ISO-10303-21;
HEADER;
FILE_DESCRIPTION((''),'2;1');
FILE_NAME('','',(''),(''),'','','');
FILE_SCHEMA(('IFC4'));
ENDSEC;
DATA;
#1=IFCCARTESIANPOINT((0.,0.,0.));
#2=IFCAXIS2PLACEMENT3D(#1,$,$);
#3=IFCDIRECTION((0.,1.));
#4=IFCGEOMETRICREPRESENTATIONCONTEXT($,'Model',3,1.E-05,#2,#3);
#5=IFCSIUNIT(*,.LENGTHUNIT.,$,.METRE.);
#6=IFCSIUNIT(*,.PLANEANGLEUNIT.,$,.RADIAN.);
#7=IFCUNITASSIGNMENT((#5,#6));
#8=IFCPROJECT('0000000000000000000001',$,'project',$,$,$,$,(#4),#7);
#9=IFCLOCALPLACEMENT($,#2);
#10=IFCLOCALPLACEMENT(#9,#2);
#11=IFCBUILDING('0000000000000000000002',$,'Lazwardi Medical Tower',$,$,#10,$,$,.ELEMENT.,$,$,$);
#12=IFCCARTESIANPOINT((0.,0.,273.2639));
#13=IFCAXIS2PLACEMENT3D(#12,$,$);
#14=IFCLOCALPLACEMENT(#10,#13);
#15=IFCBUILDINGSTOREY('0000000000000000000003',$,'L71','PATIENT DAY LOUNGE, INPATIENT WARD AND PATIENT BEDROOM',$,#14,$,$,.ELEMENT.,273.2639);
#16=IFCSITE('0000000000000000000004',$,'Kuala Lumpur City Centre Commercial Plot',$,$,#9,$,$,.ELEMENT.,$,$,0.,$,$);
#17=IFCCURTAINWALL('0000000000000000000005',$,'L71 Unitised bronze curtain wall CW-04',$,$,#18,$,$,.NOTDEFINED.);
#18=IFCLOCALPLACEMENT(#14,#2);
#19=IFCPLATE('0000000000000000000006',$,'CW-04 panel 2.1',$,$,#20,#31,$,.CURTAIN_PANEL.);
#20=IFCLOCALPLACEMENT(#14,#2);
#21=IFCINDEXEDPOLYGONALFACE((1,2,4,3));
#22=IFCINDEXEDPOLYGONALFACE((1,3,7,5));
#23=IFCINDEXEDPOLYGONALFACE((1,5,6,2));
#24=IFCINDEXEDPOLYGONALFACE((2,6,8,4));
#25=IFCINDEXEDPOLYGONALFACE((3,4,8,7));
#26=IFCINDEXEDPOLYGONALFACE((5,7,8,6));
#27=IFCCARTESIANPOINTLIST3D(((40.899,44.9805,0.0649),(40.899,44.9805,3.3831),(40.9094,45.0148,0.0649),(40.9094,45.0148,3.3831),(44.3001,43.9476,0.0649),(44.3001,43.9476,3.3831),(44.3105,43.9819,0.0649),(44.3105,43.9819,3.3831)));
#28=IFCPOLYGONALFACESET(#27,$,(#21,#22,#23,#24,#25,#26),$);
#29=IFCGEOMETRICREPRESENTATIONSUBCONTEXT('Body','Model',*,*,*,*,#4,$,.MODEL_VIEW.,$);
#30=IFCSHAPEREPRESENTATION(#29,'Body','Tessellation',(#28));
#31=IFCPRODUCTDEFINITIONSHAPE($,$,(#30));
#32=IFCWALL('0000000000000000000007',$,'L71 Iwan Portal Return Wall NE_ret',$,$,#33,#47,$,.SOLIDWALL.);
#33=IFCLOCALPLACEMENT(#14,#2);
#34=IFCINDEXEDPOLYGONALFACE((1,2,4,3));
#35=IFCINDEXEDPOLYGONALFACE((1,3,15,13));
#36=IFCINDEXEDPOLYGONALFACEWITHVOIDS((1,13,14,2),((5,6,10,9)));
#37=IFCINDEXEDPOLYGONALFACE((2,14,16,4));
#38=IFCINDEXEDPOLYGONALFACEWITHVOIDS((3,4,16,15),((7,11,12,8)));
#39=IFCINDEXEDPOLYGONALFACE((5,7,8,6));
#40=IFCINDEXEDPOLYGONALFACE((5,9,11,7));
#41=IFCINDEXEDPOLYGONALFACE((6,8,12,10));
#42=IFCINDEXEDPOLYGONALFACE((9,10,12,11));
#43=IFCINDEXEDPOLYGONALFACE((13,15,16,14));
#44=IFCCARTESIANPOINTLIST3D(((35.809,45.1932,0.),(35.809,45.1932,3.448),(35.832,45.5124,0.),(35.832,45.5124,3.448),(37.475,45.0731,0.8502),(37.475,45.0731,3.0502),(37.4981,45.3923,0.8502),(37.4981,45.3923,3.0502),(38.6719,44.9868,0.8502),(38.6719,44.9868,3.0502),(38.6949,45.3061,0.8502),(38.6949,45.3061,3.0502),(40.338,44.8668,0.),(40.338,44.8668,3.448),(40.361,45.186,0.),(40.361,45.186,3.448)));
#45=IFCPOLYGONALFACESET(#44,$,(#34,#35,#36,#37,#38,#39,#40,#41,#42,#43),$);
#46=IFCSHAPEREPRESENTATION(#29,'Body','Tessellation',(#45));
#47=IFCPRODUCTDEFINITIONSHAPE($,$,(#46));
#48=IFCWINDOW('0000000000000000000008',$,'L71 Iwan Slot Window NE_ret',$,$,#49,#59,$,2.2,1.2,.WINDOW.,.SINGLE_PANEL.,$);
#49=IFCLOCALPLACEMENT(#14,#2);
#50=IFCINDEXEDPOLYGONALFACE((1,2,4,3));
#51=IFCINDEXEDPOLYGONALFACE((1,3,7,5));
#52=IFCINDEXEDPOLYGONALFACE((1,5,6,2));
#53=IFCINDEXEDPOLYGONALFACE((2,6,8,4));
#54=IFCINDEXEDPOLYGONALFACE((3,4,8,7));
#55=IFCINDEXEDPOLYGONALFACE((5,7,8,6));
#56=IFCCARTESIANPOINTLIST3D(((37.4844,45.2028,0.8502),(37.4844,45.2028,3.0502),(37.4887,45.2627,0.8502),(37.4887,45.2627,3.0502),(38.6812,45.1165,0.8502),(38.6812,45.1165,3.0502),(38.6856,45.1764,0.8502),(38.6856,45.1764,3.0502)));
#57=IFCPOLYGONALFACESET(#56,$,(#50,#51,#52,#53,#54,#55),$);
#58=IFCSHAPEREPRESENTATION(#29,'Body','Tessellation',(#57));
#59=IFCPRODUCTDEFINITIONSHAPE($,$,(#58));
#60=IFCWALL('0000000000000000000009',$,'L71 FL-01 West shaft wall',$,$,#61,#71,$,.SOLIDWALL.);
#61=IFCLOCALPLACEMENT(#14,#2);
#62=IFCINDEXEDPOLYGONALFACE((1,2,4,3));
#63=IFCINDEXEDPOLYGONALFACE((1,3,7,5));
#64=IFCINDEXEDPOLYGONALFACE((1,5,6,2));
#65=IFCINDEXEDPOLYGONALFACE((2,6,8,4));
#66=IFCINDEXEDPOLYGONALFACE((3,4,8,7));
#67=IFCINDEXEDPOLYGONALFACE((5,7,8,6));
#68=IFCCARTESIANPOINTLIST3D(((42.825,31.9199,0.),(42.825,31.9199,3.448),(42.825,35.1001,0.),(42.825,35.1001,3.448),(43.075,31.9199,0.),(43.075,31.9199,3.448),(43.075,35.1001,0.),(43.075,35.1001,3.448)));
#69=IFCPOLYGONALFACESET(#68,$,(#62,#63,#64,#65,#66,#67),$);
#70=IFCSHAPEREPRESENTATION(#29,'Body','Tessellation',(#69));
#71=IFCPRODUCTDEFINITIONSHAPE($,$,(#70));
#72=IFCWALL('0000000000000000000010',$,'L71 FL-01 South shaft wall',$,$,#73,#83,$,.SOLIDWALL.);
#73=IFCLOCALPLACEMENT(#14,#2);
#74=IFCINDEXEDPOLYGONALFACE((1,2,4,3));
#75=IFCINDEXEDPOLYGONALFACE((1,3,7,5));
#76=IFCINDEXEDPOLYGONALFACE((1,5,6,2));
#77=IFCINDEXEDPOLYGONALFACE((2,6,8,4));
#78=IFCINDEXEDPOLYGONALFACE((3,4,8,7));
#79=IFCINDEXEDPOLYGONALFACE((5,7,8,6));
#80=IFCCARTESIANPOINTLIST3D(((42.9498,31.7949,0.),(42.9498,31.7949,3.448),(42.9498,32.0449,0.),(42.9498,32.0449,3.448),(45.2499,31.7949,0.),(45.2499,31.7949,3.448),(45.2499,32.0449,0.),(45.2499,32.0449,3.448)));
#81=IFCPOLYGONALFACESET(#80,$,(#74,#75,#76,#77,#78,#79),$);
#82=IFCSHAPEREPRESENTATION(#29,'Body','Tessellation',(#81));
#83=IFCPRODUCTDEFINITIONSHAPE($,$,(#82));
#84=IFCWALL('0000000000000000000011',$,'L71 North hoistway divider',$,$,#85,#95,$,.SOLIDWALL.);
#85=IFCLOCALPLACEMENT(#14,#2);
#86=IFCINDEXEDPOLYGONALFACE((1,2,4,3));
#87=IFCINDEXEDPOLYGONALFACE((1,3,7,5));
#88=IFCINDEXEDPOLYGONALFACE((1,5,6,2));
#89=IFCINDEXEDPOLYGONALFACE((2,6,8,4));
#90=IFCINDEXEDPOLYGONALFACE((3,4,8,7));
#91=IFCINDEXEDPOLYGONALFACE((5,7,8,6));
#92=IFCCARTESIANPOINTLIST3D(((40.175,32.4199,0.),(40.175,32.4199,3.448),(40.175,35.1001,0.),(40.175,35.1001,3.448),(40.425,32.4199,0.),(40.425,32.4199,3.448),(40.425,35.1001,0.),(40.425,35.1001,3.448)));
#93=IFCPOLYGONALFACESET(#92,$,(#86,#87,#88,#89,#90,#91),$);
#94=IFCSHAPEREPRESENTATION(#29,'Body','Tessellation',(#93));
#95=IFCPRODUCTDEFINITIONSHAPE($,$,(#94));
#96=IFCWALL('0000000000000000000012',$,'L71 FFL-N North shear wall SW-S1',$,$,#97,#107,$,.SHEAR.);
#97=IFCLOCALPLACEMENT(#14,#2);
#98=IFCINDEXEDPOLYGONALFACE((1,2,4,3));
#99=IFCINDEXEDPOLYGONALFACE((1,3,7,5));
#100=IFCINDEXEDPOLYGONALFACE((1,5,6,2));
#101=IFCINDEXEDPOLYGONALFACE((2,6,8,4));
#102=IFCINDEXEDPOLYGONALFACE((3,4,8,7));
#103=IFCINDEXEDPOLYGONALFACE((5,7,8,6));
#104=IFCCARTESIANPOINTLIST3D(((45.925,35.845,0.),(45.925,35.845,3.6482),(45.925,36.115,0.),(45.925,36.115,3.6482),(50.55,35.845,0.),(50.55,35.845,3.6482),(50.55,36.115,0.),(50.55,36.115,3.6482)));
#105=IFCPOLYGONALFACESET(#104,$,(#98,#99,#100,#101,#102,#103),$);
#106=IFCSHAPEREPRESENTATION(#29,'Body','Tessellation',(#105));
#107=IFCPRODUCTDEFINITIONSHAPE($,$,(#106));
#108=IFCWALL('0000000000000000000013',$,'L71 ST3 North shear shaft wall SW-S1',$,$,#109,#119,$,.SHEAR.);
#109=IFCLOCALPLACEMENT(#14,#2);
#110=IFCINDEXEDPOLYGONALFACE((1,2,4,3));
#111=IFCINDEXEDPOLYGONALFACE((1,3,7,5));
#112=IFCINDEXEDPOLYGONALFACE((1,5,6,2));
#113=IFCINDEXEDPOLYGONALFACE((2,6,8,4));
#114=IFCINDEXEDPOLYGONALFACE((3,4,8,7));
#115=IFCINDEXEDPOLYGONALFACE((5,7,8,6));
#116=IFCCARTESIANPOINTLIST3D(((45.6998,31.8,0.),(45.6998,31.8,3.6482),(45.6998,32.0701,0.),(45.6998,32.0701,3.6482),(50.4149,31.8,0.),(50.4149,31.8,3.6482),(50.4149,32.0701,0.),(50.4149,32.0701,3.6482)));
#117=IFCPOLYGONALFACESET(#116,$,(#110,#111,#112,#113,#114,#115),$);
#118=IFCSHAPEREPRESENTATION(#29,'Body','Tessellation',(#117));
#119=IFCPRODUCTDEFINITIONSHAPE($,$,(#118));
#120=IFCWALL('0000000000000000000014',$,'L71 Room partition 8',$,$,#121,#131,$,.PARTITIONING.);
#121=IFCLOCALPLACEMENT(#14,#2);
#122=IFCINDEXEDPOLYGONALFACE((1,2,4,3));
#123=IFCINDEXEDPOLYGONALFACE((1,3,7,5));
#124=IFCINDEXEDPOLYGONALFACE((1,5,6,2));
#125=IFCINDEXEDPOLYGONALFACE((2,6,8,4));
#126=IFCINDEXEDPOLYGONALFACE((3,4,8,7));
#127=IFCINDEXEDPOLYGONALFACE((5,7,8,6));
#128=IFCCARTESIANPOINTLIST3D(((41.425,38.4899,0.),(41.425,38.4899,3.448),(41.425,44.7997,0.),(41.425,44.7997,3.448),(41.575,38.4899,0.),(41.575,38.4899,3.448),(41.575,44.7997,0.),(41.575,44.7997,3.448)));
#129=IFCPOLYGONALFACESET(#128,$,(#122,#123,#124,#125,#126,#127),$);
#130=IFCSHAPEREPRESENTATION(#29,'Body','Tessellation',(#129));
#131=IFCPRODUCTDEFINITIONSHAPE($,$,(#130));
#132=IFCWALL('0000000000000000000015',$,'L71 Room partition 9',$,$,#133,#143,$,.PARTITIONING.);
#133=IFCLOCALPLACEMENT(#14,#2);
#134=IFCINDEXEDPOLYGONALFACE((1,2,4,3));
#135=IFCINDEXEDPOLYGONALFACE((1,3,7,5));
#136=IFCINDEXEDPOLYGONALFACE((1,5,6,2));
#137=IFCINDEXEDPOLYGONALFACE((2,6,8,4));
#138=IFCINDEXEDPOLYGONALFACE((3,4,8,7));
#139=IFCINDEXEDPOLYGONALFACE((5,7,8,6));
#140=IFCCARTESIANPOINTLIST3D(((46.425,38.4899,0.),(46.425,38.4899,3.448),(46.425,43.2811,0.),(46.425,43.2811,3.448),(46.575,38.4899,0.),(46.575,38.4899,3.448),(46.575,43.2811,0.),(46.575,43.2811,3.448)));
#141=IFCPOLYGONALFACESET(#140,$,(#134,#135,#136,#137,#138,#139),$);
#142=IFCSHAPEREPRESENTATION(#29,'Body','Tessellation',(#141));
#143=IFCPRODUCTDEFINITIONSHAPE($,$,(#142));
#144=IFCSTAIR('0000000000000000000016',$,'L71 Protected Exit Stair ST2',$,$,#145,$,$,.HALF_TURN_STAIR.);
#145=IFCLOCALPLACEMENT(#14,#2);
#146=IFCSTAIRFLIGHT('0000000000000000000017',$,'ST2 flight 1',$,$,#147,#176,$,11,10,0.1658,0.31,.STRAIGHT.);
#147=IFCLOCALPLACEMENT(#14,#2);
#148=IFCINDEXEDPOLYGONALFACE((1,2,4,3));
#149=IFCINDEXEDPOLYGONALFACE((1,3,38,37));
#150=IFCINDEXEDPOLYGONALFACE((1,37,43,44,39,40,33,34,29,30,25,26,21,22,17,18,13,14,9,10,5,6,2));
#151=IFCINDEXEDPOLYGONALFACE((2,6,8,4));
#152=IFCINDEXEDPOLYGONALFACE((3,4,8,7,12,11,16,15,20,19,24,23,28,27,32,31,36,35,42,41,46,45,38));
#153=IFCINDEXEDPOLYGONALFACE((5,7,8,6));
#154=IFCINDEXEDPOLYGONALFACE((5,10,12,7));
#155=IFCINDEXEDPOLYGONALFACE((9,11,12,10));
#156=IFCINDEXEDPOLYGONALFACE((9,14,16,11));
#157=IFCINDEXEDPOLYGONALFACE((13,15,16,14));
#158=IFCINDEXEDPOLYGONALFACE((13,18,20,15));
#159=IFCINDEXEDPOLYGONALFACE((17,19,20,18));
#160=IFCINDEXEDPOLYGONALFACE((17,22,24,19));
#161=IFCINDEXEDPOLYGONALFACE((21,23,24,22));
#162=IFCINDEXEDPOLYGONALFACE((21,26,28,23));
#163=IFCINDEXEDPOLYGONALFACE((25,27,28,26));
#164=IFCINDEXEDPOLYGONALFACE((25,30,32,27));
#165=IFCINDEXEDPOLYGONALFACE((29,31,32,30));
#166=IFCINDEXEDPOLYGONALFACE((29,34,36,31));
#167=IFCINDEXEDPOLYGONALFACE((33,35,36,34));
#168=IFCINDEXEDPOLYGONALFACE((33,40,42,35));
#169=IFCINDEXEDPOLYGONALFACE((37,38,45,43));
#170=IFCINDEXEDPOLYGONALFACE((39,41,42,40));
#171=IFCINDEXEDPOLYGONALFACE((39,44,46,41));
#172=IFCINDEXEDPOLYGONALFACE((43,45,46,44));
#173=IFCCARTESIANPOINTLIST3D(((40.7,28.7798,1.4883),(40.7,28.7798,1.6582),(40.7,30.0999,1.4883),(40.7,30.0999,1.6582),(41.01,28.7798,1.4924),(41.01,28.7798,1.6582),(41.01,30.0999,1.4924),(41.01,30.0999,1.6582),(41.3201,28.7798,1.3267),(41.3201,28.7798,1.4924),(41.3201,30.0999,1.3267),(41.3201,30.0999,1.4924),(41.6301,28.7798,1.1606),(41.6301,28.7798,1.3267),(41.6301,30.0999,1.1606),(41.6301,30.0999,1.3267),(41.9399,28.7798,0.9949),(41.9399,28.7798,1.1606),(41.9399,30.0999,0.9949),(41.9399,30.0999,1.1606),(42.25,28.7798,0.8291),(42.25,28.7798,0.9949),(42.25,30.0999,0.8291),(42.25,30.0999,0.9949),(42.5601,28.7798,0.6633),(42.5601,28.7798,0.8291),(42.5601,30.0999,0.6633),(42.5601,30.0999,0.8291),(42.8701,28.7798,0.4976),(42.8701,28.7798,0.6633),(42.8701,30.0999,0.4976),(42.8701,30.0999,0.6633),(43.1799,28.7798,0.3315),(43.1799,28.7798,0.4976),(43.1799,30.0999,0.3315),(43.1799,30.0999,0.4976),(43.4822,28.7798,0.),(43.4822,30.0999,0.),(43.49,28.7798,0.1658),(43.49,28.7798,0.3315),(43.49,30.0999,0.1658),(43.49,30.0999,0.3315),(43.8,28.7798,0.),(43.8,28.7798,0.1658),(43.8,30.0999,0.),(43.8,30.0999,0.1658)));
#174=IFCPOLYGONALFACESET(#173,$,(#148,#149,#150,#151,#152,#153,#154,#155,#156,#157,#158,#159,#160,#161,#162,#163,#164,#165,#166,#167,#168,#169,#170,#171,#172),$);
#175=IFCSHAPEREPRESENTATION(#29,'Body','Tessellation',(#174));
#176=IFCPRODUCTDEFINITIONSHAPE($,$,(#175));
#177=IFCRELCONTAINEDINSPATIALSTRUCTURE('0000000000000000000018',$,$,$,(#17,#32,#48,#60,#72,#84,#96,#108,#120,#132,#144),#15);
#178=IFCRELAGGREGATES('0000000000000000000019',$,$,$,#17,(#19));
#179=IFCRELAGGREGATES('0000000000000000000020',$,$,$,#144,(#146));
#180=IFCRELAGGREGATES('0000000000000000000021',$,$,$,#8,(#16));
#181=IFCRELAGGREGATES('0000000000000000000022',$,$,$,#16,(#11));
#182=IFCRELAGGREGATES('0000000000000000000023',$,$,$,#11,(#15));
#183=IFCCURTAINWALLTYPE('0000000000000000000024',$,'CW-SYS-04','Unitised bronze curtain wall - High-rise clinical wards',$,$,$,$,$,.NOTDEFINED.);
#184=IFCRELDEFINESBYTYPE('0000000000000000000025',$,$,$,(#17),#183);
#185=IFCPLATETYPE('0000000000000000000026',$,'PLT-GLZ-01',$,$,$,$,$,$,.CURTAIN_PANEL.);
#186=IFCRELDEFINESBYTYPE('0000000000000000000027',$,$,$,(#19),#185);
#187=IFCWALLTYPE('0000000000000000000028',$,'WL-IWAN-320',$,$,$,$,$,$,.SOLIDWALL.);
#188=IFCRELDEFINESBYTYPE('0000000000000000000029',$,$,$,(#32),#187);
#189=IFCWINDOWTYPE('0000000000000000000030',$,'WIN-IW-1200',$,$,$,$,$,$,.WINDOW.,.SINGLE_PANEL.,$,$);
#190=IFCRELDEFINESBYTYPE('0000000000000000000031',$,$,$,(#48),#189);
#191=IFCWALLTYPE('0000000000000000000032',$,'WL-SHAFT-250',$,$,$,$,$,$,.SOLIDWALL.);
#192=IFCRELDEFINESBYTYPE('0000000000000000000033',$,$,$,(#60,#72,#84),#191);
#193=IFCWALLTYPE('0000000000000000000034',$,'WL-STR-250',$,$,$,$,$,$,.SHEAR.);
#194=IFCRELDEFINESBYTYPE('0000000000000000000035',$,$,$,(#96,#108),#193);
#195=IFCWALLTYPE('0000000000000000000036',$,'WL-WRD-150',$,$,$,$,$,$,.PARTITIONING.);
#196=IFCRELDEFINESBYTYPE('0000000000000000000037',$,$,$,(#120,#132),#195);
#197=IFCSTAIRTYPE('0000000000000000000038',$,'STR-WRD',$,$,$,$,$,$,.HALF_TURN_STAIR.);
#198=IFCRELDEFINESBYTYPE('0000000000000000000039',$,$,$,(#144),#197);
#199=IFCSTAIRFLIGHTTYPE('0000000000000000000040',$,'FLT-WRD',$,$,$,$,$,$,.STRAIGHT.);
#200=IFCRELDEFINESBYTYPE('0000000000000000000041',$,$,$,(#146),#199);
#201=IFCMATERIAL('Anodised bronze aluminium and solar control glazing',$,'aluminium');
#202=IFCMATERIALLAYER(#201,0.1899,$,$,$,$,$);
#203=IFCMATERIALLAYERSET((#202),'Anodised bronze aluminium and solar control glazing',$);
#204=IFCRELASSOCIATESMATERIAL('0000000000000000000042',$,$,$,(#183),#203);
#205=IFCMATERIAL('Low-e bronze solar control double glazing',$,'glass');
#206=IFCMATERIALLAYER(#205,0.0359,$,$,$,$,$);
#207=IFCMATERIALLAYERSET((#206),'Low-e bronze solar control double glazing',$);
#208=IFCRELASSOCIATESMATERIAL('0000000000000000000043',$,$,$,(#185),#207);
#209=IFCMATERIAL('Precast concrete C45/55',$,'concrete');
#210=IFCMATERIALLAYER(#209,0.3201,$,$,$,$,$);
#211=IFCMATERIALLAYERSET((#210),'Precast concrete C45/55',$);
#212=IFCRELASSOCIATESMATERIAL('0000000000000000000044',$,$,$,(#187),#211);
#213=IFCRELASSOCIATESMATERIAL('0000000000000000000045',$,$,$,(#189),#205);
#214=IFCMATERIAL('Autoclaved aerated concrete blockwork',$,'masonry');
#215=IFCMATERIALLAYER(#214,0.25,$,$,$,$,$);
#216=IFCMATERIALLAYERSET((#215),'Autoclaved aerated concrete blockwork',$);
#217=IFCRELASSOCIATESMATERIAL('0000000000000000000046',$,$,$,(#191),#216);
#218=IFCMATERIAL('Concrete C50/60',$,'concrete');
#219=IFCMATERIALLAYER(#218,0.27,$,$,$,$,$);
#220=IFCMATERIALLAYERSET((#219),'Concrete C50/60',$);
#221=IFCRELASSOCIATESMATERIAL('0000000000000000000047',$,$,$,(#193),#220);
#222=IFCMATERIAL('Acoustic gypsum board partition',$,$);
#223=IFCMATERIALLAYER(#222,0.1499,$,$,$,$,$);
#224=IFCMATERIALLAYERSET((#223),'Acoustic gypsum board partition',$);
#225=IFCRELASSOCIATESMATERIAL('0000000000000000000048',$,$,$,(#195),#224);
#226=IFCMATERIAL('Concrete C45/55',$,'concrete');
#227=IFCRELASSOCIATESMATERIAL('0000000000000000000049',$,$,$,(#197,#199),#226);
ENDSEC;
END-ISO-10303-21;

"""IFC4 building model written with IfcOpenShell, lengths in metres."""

from ifc_helpers import new_model, si_unit, direction, frame, frame_2d, origin, origin_2d, place, context, subcontext, project, spatial, polyline, rectangle, outline, extrude, material, layer, layer_set, type_object, element, fill, aggregate, save


model = new_model("IFC4")

# Units and contexts
model_context = context("Model", 3, precision=1e-05, world=origin(), true_north=direction((0.0, 1.0)))
body_context = subcontext(model_context, "Body", "Model", "MODEL_VIEW")
ifc_project = project(units=[si_unit("LENGTHUNIT", "METRE"), si_unit("PLANEANGLEUNIT", "RADIAN")], contexts=[model_context])

# Site, building, storey
site_placement = place(None, origin())
site = spatial("IfcSite", under=ifc_project, at=site_placement, Name="Kuala Lumpur City Centre Commercial Plot", CompositionType="ELEMENT", RefElevation=0.0)
building_placement = place(site_placement, origin())
building = spatial("IfcBuilding", under=site, at=building_placement, Name="Lazwardi Medical Tower", CompositionType="ELEMENT")
storey_placement = place(building_placement, frame((0.0, 0.0, 273.2639)))
storey = spatial("IfcBuildingStorey", under=building, at=storey_placement, Name="L71", Description="PATIENT DAY LOUNGE, INPATIENT WARD AND PATIENT BEDROOM", CompositionType="ELEMENT", Elevation=273.2639)

# Curtain wall, plate
ifc_material_1 = material(Name="Anodised bronze aluminium and solar control glazing", Category="aluminium")
ifc_layer_1 = layer(ifc_material_1, 0.1899)
ifc_layer_set_1 = layer_set([ifc_layer_1], Name="Anodised bronze aluminium and solar control glazing")
curtain_wall_type = type_object("IfcCurtainWallType", Name="CW-SYS-04", Description="Unitised bronze curtain wall - High-rise clinical wards", PredefinedType="NOTDEFINED", material=ifc_layer_set_1)
curtain_wall_placement = place(storey_placement, origin())
curtain_wall = element("IfcCurtainWall", 1, at=curtain_wall_placement, inside=storey, type_object=curtain_wall_type, Name="L71 Unitised bronze curtain wall CW-04", PredefinedType="NOTDEFINED")
ifc_material_2 = material(Name="Low-e bronze solar control double glazing", Category="glass")
ifc_layer_2 = layer(ifc_material_2, 0.0359)
ifc_layer_set_2 = layer_set([ifc_layer_2], Name="Low-e bronze solar control double glazing")
plate_type = type_object("IfcPlateType", Name="PLT-GLZ-01", PredefinedType="CURTAIN_PANEL", material=ifc_layer_set_2)
plate_1_placement = place(storey_placement, frame((42.6047, 44.4812, 0.0649), z_axis=(0.0, 0.0, 1.0), x_axis=(-0.95685, 0.290582, 0.0)))
plate_1 = element("IfcPlate", 2, at=plate_1_placement, type_object=plate_type, Name="CW-04 panel 2.1", PredefinedType="CURTAIN_PANEL", context=body_context, shape_type="SweptSolid", body=[
    extrude(rectangle(XDim=3.5544, YDim=0.0359, at=origin_2d()), origin(), (0.0, 0.0, 1.0), 3.3181),
])
aggregate(curtain_wall, [plate_1])

# Wall, opening, window
ifc_material_3 = material(Name="Precast concrete C45/55", Category="concrete")
ifc_layer_3 = layer(ifc_material_3, 0.3201)
ifc_layer_set_3 = layer_set([ifc_layer_3], Name="Precast concrete C45/55")
wall_type_1 = type_object("IfcWallType", Name="WL-IWAN-320", PredefinedType="SOLIDWALL", material=ifc_layer_set_3)
wall_1_placement = place(storey_placement, frame((40.3496, 45.0264, 0.0), z_axis=(0.0, 0.0, 1.0), x_axis=(-0.997413, 0.071885, 0.0)))
wall_1 = element("IfcWall", 3, at=wall_1_placement, inside=storey, type_object=wall_type_1, Name="L71 Iwan Portal Return Wall NE_ret", PredefinedType="SOLIDWALL", context=body_context, shape_type="SweptSolid", body=[
    extrude(rectangle(XDim=4.5408, YDim=0.3201, at=frame_2d((2.2705, 0.0))), origin(), (0.0, 0.0, 1.0), 3.448),
])
opening_placement = place(wall_1_placement, frame((1.6704, 0.0, 0.8501)))
opening = element("IfcOpeningElement", 4, at=opening_placement, cuts=wall_1, PredefinedType="OPENING", context=body_context, shape_type="SweptSolid", body=[
    extrude(rectangle(XDim=1.2, YDim=2.2, at=frame_2d((0.6001, 1.1001))), frame((0.0, 0.1699, 0.0), z_axis=(0.0, -1.0, 0.0), x_axis=(1.0, 0.0, 0.0)), (0.0, 0.0, 1.0), 0.3401),
])
window_type = type_object("IfcWindowType", Name="WIN-IW-1200", PartitioningType="SINGLE_PANEL", PredefinedType="WINDOW", material=ifc_material_2)
window_placement = place(opening_placement, origin())
window = element("IfcWindow", 5, at=window_placement, inside=storey, type_object=window_type, Name="L71 Iwan Slot Window NE_ret", OverallHeight=2.2, OverallWidth=1.2, PartitioningType="SINGLE_PANEL", PredefinedType="WINDOW", context=body_context, shape_type="SweptSolid", body=[
    extrude(rectangle(XDim=1.2, YDim=2.2, at=frame_2d((0.6001, 1.1001))), frame((0.0, 0.03, 0.0), z_axis=(0.0, -1.0, 0.0), x_axis=(1.0, 0.0, 0.0)), (0.0, 0.0, 1.0), 0.0601),
])
fill(opening, window)

# Walls
ifc_material_4 = material(Name="Autoclaved aerated concrete blockwork", Category="masonry")
ifc_layer_4 = layer(ifc_material_4, 0.25)
ifc_layer_set_4 = layer_set([ifc_layer_4], Name="Autoclaved aerated concrete blockwork")
wall_type_2 = type_object("IfcWallType", Name="WL-SHAFT-250", PredefinedType="SOLIDWALL", material=ifc_layer_set_4)
wall_2_placement = place(storey_placement, frame((42.95, 31.9199, 0.0), z_axis=(0.0, 0.0, 1.0), x_axis=(0.0, 1.0, 0.0)))
element("IfcWall", 6, at=wall_2_placement, inside=storey, type_object=wall_type_2, Name="L71 FL-01 West shaft wall", PredefinedType="SOLIDWALL", context=body_context, shape_type="SweptSolid", body=[
    extrude(rectangle(XDim=3.1802, YDim=0.25, at=frame_2d((1.5901, 0.0))), origin(), (0.0, 0.0, 1.0), 3.448),
])
wall_3_placement = place(storey_placement, frame((42.95, 31.9199, 0.0), z_axis=(0.0, 0.0, 1.0), x_axis=(1.0, 0.0, 0.0)))
element("IfcWall", 7, at=wall_3_placement, inside=storey, type_object=wall_type_2, Name="L71 FL-01 South shaft wall", PredefinedType="SOLIDWALL", context=body_context, shape_type="SweptSolid", body=[
    extrude(rectangle(XDim=2.3, YDim=0.25, at=frame_2d((1.1499, 0.0))), origin(), (0.0, 0.0, 1.0), 3.448),
])
wall_4_placement = place(storey_placement, frame((40.3, 32.4199, 0.0), z_axis=(0.0, 0.0, 1.0), x_axis=(0.0, 1.0, 0.0)))
element("IfcWall", 8, at=wall_4_placement, inside=storey, type_object=wall_type_2, Name="L71 North hoistway divider", PredefinedType="SOLIDWALL", context=body_context, shape_type="SweptSolid", body=[
    extrude(rectangle(XDim=2.6802, YDim=0.25, at=frame_2d((1.3401, 0.0))), origin(), (0.0, 0.0, 1.0), 3.448),
])
ifc_material_5 = material(Name="Concrete C50/60", Category="concrete")
ifc_layer_5 = layer(ifc_material_5, 0.27)
ifc_layer_set_5 = layer_set([ifc_layer_5], Name="Concrete C50/60")
wall_type_3 = type_object("IfcWallType", Name="WL-STR-250", PredefinedType="SHEAR", material=ifc_layer_set_5)
wall_5_placement = place(storey_placement, frame((45.925, 35.98, 0.0), z_axis=(0.0, 0.0, 1.0), x_axis=(1.0, 0.0, 0.0)))
element("IfcWall", 9, at=wall_5_placement, inside=storey, type_object=wall_type_3, Name="L71 FFL-N North shear wall SW-S1", PredefinedType="SHEAR", context=body_context, shape_type="SweptSolid", body=[
    extrude(rectangle(XDim=4.625, YDim=0.27, at=frame_2d((2.3125, 0.0))), origin(), (0.0, 0.0, 1.0), 3.6482),
])
wall_6_placement = place(storey_placement, frame((45.7, 31.9351, 0.0), z_axis=(0.0, 0.0, 1.0), x_axis=(1.0, 0.0, 0.0)))
element("IfcWall", 10, at=wall_6_placement, inside=storey, type_object=wall_type_3, Name="L71 ST3 North shear shaft wall SW-S1", PredefinedType="SHEAR", context=body_context, shape_type="SweptSolid", body=[
    extrude(rectangle(XDim=4.7151, YDim=0.27, at=frame_2d((2.3574, 0.0))), origin(), (0.0, 0.0, 1.0), 3.6482),
])
ifc_material_6 = material(Name="Acoustic gypsum board partition")
ifc_layer_6 = layer(ifc_material_6, 0.1499)
ifc_layer_set_6 = layer_set([ifc_layer_6], Name="Acoustic gypsum board partition")
wall_type_4 = type_object("IfcWallType", Name="WL-WRD-150", PredefinedType="PARTITIONING", material=ifc_layer_set_6)
wall_7_placement = place(storey_placement, frame((41.5, 38.49, 0.0), z_axis=(0.0, 0.0, 1.0), x_axis=(0.0, 1.0, 0.0)))
element("IfcWall", 11, at=wall_7_placement, inside=storey, type_object=wall_type_4, Name="L71 Room partition 8", PredefinedType="PARTITIONING", context=body_context, shape_type="SweptSolid", body=[
    extrude(rectangle(XDim=6.3098, YDim=0.1499, at=frame_2d((3.1548, 0.0))), origin(), (0.0, 0.0, 1.0), 3.448),
])
wall_8_placement = place(storey_placement, frame((46.5, 38.49, 0.0), z_axis=(0.0, 0.0, 1.0), x_axis=(0.0, 1.0, 0.0)))
element("IfcWall", 12, at=wall_8_placement, inside=storey, type_object=wall_type_4, Name="L71 Room partition 9", PredefinedType="PARTITIONING", context=body_context, shape_type="SweptSolid", body=[
    extrude(rectangle(XDim=4.7913, YDim=0.1499, at=frame_2d((2.3955, 0.0))), origin(), (0.0, 0.0, 1.0), 3.448),
])

# Stair, stair flight
ifc_material_7 = material(Name="Concrete C45/55", Category="concrete")
stair_type = type_object("IfcStairType", Name="STR-WRD", PredefinedType="HALF_TURN_STAIR", material=ifc_material_7)
stair_1_placement = place(storey_placement, origin())
stair_1 = element("IfcStair", 13, at=stair_1_placement, inside=storey, type_object=stair_type, Name="L71 Protected Exit Stair ST2", PredefinedType="HALF_TURN_STAIR")
stair_flight_type = type_object("IfcStairFlightType", Name="FLT-WRD", PredefinedType="STRAIGHT", material=ifc_material_7)
stair_flight_1_placement = place(storey_placement, frame((43.8, 29.4399, 0.0), z_axis=(0.0, 0.0, 1.0), x_axis=(-1.0, 0.0, 0.0)))
stair_flight_1 = element("IfcStairFlight", 14, at=stair_flight_1_placement, type_object=stair_flight_type, Name="ST2 flight 1", NumberOfRisers=11, NumberOfTreads=10, PredefinedType="STRAIGHT", RiserHeight=0.1658, TreadLength=0.31, context=body_context, shape_type="SweptSolid", body=[
    extrude(outline(polyline([(0.0, 0.0), (0.0, 0.1658), (0.3101, 0.1658), (0.3101, 0.3315), (0.6201, 0.3315), (0.6201, 0.4976), (0.9299, 0.4976), (0.9299, 0.6633), (1.24, 0.6633), (1.24, 0.8291), (1.55, 0.8291), (1.55, 0.9949), (1.8601, 0.9949), (1.8601, 1.1606), (2.1699, 1.1606), (2.1699, 1.3267), (2.48, 1.3267), (2.48, 1.4924), (2.79, 1.4924), (2.79, 1.6582), (3.1001, 1.6582), (3.1001, 1.824), (3.1001, 1.4883), (0.3179, 0.0), (0.0, 0.0)])), frame((0.0, 0.6602, 0.0), z_axis=(0.0, -1.0, 0.0), x_axis=(1.0, 0.0, 0.0)), (0.0, 0.0, 1.0), 1.3201),
])
aggregate(stair_1, [stair_flight_1])

save(model, "model.ifc")
